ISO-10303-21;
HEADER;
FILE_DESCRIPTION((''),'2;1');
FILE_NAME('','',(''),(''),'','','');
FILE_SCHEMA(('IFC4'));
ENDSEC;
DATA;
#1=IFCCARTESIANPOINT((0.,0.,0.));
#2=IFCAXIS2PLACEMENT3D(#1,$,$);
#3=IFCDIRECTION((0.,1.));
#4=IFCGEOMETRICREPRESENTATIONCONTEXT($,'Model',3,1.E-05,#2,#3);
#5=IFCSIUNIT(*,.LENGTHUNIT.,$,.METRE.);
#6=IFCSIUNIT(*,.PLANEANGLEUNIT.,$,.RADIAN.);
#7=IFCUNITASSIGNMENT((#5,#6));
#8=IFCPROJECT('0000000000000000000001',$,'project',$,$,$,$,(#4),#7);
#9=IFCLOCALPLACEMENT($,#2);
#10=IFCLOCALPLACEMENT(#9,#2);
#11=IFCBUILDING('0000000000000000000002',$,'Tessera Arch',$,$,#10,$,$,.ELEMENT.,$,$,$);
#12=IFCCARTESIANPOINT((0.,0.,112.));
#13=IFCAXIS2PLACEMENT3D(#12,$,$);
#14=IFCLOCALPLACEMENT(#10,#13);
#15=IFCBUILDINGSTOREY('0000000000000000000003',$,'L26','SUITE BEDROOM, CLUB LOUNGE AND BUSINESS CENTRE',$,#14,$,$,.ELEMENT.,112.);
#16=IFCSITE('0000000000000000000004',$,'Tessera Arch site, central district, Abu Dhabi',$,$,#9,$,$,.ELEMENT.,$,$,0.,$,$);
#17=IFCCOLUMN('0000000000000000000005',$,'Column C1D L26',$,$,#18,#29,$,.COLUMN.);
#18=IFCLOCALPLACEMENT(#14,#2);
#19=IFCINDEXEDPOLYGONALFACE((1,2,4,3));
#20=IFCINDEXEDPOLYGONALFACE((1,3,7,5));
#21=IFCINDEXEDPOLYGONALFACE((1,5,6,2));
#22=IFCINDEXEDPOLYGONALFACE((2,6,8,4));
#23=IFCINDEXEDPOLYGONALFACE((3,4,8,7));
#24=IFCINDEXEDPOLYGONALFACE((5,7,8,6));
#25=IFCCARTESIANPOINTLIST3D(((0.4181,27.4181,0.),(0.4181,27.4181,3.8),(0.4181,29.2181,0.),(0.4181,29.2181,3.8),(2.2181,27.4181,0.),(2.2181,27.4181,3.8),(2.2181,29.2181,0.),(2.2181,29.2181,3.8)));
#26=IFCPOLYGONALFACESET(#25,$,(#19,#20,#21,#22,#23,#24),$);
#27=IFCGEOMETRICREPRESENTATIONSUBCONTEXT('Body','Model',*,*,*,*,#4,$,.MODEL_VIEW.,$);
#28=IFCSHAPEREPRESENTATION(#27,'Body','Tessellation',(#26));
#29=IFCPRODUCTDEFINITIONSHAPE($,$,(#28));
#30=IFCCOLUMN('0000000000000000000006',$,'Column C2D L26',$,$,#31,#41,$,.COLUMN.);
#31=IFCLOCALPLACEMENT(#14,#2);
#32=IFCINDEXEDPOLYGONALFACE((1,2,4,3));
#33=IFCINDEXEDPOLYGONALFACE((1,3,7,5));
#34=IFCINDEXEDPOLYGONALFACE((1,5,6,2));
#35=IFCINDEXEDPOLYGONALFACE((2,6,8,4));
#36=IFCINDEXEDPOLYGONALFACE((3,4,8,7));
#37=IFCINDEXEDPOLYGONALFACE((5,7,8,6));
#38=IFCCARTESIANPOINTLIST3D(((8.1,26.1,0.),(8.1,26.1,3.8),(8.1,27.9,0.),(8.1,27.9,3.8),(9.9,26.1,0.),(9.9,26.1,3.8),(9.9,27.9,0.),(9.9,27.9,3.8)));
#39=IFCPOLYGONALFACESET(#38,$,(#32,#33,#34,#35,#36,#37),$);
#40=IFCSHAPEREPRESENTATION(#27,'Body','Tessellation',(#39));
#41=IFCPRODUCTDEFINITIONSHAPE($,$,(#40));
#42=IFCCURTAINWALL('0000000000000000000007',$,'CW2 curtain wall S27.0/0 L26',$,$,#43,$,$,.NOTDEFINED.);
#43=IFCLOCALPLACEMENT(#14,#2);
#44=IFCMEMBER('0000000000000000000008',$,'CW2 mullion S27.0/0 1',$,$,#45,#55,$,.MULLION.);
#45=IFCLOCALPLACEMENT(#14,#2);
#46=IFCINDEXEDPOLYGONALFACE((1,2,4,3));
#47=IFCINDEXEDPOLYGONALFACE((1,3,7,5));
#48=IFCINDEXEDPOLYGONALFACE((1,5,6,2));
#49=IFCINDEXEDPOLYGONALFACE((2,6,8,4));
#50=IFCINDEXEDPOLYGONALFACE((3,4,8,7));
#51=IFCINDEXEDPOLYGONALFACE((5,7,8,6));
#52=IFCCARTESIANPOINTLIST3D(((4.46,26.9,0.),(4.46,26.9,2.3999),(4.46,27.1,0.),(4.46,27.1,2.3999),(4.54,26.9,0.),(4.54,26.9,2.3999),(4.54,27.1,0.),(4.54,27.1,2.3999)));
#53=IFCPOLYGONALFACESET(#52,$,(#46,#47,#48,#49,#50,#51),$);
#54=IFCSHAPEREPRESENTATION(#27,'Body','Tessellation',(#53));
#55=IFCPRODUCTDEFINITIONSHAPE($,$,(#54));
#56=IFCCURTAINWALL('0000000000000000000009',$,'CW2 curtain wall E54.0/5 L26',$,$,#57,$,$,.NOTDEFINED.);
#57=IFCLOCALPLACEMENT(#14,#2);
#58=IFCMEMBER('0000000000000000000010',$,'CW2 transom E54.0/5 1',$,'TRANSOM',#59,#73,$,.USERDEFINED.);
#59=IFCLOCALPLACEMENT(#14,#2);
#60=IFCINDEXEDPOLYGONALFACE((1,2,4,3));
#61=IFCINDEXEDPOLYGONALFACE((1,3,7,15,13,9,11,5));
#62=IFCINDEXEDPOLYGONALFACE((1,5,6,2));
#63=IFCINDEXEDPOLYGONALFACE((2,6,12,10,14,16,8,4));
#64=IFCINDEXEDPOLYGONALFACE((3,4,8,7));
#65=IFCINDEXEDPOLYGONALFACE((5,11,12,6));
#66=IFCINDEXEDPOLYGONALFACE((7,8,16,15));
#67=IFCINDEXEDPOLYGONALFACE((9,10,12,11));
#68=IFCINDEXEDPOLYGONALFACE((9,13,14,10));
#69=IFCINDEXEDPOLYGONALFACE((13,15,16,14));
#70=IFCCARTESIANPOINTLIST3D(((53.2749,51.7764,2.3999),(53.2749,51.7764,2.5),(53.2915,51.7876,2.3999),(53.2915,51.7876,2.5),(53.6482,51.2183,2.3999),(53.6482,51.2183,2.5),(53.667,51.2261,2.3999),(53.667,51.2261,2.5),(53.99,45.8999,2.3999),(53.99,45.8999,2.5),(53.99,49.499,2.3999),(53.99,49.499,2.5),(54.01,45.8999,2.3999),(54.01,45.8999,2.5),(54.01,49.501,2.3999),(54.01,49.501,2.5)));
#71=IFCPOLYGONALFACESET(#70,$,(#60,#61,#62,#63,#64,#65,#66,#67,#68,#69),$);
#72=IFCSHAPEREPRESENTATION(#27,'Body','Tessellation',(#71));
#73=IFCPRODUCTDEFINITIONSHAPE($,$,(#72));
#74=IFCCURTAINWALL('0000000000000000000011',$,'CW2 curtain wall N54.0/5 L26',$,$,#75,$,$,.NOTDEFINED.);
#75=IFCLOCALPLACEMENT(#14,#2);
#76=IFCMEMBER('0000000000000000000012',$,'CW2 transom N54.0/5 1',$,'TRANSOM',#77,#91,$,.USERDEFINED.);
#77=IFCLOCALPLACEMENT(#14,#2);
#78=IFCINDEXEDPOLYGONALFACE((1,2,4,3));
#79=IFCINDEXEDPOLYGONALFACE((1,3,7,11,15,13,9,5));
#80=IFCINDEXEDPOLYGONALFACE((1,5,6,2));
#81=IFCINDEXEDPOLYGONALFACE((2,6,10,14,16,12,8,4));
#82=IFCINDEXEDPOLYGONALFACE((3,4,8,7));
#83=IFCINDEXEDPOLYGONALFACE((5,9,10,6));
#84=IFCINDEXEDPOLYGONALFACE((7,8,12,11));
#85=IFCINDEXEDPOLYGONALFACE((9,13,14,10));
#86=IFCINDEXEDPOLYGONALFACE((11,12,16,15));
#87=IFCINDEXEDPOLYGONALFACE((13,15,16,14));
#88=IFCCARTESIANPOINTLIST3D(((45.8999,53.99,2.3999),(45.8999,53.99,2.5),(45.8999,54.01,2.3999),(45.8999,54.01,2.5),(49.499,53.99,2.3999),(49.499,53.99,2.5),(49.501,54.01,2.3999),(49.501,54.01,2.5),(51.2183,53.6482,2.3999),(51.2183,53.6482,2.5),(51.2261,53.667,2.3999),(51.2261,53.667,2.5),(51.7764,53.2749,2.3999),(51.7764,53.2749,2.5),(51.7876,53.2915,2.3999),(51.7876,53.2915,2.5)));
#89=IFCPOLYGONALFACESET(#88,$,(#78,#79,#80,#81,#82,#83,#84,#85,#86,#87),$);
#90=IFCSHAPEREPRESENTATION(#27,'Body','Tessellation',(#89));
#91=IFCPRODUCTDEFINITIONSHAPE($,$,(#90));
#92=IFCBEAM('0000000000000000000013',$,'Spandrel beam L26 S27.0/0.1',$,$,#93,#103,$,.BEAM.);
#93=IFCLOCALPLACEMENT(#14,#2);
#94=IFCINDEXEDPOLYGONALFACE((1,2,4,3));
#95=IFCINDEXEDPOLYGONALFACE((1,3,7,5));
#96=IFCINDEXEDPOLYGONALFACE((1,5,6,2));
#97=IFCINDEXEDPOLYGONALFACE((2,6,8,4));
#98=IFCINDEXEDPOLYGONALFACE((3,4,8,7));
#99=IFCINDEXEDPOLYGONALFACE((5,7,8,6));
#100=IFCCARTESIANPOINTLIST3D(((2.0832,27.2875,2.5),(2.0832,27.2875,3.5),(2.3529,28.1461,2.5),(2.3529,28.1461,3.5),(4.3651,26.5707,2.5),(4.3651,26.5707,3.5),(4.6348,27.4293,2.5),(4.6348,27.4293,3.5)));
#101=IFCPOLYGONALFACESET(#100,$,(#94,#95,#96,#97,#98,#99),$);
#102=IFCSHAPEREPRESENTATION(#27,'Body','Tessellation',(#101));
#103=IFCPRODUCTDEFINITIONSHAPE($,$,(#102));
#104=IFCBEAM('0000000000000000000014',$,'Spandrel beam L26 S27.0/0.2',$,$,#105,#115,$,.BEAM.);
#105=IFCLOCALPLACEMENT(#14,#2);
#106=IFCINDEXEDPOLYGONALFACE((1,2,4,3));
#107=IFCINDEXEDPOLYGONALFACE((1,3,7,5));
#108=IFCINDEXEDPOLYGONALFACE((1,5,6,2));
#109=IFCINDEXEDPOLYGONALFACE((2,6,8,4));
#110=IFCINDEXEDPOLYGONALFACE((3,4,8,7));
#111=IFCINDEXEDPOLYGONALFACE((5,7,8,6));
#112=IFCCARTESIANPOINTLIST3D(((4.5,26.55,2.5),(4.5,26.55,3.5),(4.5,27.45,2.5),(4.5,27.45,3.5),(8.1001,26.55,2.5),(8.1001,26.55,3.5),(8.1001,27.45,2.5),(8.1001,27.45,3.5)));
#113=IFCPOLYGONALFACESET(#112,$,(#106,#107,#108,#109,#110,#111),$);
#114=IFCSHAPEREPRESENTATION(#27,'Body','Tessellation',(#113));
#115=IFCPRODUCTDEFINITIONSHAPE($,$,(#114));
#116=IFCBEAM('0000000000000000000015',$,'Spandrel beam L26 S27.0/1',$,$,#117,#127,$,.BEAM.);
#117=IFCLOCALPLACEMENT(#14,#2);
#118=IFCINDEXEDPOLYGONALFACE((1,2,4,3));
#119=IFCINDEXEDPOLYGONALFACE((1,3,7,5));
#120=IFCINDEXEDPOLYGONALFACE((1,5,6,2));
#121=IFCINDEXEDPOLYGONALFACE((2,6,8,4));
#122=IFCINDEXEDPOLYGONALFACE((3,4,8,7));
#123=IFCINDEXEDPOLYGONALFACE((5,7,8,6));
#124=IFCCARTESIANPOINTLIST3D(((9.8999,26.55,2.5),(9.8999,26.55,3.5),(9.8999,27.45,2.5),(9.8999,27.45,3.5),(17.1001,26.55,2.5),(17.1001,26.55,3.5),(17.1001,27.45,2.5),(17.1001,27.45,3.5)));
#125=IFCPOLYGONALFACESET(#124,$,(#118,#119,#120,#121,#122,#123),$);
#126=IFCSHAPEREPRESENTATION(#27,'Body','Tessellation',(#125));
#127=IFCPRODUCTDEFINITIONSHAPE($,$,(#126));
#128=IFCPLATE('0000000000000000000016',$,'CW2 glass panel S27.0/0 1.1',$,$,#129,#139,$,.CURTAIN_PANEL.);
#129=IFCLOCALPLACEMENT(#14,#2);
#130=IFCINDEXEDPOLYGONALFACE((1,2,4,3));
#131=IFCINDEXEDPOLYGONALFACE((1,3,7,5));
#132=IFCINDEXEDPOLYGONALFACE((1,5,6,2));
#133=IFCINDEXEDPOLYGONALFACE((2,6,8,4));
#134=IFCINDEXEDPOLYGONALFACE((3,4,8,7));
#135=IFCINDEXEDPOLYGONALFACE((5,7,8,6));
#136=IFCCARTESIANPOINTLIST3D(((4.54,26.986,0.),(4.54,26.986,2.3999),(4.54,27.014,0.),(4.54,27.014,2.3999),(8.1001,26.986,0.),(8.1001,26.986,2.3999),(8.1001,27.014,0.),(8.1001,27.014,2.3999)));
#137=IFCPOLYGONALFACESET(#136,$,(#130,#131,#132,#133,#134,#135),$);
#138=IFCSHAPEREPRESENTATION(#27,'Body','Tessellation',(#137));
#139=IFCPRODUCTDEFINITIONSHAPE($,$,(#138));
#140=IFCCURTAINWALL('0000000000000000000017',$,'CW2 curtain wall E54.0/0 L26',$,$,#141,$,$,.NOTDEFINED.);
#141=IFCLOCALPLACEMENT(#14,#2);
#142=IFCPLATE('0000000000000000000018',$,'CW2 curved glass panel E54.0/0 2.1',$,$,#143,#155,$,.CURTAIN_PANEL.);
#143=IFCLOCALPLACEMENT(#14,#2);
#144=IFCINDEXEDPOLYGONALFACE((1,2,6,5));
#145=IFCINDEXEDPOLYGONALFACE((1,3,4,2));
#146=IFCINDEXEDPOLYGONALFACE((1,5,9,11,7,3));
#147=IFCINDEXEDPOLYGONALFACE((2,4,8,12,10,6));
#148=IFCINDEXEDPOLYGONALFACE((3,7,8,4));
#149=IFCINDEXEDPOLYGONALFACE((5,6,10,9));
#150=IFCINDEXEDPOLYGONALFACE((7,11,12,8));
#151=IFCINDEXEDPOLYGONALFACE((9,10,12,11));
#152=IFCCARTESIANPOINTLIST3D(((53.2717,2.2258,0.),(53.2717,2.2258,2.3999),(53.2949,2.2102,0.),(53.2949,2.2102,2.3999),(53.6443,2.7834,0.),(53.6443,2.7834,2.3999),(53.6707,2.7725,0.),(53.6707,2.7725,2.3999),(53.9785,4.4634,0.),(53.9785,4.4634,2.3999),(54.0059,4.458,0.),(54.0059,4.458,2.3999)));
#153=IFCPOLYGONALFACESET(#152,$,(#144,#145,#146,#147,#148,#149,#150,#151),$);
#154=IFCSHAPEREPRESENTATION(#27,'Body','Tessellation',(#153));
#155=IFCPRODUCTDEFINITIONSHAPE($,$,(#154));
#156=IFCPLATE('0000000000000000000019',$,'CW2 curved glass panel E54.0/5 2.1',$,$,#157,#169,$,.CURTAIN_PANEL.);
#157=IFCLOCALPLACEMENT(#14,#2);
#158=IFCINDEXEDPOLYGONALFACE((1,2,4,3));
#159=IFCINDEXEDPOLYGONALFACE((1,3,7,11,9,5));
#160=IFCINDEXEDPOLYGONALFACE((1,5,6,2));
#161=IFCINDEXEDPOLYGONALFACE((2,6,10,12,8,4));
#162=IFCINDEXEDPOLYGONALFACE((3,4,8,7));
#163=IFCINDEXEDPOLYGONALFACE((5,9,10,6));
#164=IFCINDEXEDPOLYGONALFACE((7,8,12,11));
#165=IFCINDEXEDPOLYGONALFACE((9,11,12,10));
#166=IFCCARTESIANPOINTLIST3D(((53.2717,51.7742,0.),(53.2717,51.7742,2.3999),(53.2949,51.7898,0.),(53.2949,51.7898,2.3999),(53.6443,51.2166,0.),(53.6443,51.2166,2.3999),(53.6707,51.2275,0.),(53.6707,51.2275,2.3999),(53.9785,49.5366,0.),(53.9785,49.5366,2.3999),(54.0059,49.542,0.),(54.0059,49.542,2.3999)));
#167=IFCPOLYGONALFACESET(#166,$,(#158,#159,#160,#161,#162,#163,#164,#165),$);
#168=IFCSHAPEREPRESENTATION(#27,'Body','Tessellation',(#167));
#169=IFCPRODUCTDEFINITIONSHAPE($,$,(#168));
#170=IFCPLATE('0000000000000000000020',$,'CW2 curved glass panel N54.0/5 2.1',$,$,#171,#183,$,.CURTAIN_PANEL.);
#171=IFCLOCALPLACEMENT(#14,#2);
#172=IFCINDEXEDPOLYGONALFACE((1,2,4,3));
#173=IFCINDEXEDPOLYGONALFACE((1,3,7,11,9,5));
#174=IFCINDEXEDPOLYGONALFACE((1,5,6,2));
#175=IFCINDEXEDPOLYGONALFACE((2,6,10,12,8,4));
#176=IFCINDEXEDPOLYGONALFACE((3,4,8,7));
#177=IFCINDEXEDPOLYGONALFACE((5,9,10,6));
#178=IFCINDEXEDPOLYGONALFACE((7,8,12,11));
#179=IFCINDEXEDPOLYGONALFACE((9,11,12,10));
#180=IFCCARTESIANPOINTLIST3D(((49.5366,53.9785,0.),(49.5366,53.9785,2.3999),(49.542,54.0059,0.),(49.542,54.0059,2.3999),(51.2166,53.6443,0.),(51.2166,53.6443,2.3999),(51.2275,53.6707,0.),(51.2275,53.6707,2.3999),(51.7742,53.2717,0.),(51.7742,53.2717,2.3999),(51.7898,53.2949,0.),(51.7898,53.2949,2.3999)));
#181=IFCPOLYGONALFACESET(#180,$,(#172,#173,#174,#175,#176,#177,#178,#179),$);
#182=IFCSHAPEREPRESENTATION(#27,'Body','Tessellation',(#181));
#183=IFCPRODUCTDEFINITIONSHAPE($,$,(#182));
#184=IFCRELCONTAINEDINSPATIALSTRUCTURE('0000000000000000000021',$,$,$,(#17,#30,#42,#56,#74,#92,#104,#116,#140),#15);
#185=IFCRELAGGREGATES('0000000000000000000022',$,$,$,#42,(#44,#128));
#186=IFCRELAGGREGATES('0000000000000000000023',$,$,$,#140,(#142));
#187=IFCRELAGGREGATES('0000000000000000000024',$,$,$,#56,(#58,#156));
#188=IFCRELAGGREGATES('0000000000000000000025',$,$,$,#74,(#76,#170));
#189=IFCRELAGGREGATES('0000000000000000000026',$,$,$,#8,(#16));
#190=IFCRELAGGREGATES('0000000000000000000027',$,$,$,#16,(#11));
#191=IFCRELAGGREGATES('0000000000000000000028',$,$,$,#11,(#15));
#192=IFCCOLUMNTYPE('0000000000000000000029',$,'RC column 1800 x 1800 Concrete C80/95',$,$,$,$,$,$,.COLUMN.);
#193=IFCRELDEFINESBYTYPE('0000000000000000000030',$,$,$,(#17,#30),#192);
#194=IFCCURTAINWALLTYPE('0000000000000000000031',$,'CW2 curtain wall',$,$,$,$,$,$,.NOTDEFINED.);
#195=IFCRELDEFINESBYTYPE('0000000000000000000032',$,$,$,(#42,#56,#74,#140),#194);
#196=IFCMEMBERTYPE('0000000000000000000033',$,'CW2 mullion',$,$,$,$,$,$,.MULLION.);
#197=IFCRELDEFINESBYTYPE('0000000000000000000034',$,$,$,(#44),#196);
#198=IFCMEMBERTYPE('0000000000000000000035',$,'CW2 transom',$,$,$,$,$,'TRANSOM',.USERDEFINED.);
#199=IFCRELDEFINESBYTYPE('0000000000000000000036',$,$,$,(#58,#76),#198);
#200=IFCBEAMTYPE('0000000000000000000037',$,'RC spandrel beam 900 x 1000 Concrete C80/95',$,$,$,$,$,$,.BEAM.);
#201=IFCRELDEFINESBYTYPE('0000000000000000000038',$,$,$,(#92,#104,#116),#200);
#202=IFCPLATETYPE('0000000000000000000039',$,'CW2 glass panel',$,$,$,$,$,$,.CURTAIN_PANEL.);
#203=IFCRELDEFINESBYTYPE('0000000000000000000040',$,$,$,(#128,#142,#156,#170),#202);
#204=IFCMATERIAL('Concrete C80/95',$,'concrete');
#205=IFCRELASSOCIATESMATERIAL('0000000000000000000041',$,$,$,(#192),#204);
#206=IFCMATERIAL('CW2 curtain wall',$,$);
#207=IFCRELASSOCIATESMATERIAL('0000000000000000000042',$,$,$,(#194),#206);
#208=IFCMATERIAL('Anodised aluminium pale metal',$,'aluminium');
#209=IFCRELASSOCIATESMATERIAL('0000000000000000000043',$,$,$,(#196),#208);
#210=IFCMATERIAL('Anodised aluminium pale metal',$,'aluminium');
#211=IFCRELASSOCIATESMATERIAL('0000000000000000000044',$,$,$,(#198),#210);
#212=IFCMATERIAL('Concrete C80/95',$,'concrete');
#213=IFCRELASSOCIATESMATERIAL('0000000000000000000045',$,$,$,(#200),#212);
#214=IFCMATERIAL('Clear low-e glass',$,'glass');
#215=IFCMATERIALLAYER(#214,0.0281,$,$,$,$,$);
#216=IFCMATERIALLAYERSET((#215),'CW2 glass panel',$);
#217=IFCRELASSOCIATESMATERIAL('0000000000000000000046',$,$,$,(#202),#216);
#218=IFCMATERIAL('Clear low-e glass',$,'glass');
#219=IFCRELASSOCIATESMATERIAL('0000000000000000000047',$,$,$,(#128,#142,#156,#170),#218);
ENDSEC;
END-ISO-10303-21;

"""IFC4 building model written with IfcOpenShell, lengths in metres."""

from ifc_helpers import new_model, si_unit, direction, frame, origin, origin_2d, place, context, subcontext, project, spatial, polyline, rectangle, outline, extrude, material, layer, layer_set, material_profile, profile_set, type_object, element, aggregate, save


model = new_model("IFC4")

# Units and contexts
model_context = context("Model", 3, precision=1e-05, world=origin(), true_north=direction((0.0, 1.0)))
body_context = subcontext(model_context, "Body", "Model", "MODEL_VIEW")
ifc_project = project(units=[si_unit("LENGTHUNIT", "METRE"), si_unit("PLANEANGLEUNIT", "RADIAN")], contexts=[model_context])

# Site, building, storey
site_placement = place(None, origin())
site = spatial("IfcSite", under=ifc_project, at=site_placement, Name="Tessera Arch site, central district, Abu Dhabi", CompositionType="ELEMENT", RefElevation=0.0)
building_placement = place(site_placement, origin())
building = spatial("IfcBuilding", under=site, at=building_placement, Name="Tessera Arch", CompositionType="ELEMENT")
storey_placement = place(building_placement, frame((0.0, 0.0, 112.0)))
storey = spatial("IfcBuildingStorey", under=building, at=storey_placement, Name="L26", Description="SUITE BEDROOM, CLUB LOUNGE AND BUSINESS CENTRE", CompositionType="ELEMENT", Elevation=112.0)

# Columns
ifc_material_1 = material(Name="Concrete C80/95", Category="concrete")
ifc_material_profile_1 = material_profile(ifc_material_1, rectangle(XDim=1.8, YDim=1.8, at=origin_2d()), Name="RC column 1800 x 1800 Concrete C80/95")
ifc_profile_set_1 = profile_set([ifc_material_profile_1], Name="Concrete C80/95")
column_type = type_object("IfcColumnType", Name="RC column 1800 x 1800 Concrete C80/95", PredefinedType="COLUMN", material=ifc_profile_set_1)
for number, where, z_axis, x_axis, name in (
    (1, (1.3181, 28.3181, 0.0), (0.0, 0.0, 1.0), (1.0, 0.0, 0.0), "Column C1D L26"),
    (2, (9.0, 27.0, 0.0), (0.0, 0.0, 1.0), (1.0, 0.0, 0.0), "Column C2D L26"),
):
    element("IfcColumn", number, at=place(storey_placement, frame(where, z_axis=z_axis, x_axis=x_axis)), inside=storey, type_object=column_type, Name=name, PredefinedType="COLUMN", context=body_context, shape_type="SweptSolid", body=[
        extrude(rectangle(XDim=1.8, YDim=1.8, at=origin_2d()), origin(), (0.0, 0.0, 1.0), 3.8),
    ])

# Curtain walls, members
ifc_material_2 = material(Name="CW2 curtain wall")
curtain_wall_type = type_object("IfcCurtainWallType", Name="CW2 curtain wall", PredefinedType="NOTDEFINED", material=ifc_material_2)
curtain_wall_1_placement = place(storey_placement, origin())
curtain_wall_1 = element("IfcCurtainWall", 3, at=curtain_wall_1_placement, inside=storey, type_object=curtain_wall_type, Name="CW2 curtain wall S27.0/0 L26", PredefinedType="NOTDEFINED")
ifc_material_3 = material(Name="Anodised aluminium pale metal", Category="aluminium")
ifc_material_profile_2 = material_profile(ifc_material_3, rectangle(XDim=0.2, YDim=0.0801, at=origin_2d()), Name="AL 80x200")
ifc_profile_set_2 = profile_set([ifc_material_profile_2], Name="Anodised aluminium pale metal")
member_type_1 = type_object("IfcMemberType", Name="CW2 mullion", PredefinedType="MULLION", material=ifc_profile_set_2)
member_1_placement = place(storey_placement, frame((4.5, 27.0, 0.0), z_axis=(0.0, 0.0, 1.0), x_axis=(0.0, 1.0, 0.0)))
member_1 = element("IfcMember", 4, at=member_1_placement, type_object=member_type_1, Name="CW2 mullion S27.0/0 1", PredefinedType="MULLION", context=body_context, shape_type="SweptSolid", body=[
    extrude(rectangle(XDim=0.2, YDim=0.0801, at=origin_2d()), origin(), (0.0, 0.0, 1.0), 2.3999),
])
curtain_wall_2_placement = place(storey_placement, origin())
curtain_wall_2 = element("IfcCurtainWall", 5, at=curtain_wall_2_placement, inside=storey, type_object=curtain_wall_type, Name="CW2 curtain wall E54.0/5 L26", PredefinedType="NOTDEFINED")
ifc_material_4 = material(Name="Anodised aluminium pale metal", Category="aluminium")
ifc_material_profile_3 = material_profile(ifc_material_4, rectangle(XDim=0.2, YDim=0.1001, at=origin_2d()), Name="AL 200x100")
ifc_profile_set_3 = profile_set([ifc_material_profile_3], Name="Anodised aluminium pale metal")
member_type_2 = type_object("IfcMemberType", Name="CW2 transom", ElementType="TRANSOM", PredefinedType="USERDEFINED", material=ifc_profile_set_3)
member_2_placement = place(storey_placement, frame((0.0, 0.0, 2.3999)))
member_2 = element("IfcMember", 6, at=member_2_placement, type_object=member_type_2, Name="CW2 transom E54.0/5 1", ObjectType="TRANSOM", PredefinedType="USERDEFINED", context=body_context, shape_type="SweptSolid", body=[
    extrude(outline(polyline([(53.99, 49.499), (53.99, 45.8999), (54.01, 45.8999), (54.01, 49.501), (53.667, 51.2261), (53.2915, 51.7876), (53.2749, 51.7764), (53.6482, 51.2183), (53.99, 49.499)])), origin(), (0.0, 0.0, 1.0), 0.1001),
])
curtain_wall_3_placement = place(storey_placement, origin())
curtain_wall_3 = element("IfcCurtainWall", 7, at=curtain_wall_3_placement, inside=storey, type_object=curtain_wall_type, Name="CW2 curtain wall N54.0/5 L26", PredefinedType="NOTDEFINED")
member_3_placement = place(storey_placement, frame((0.0, 0.0, 2.3999)))
member_3 = element("IfcMember", 8, at=member_3_placement, type_object=member_type_2, Name="CW2 transom N54.0/5 1", ObjectType="TRANSOM", PredefinedType="USERDEFINED", context=body_context, shape_type="SweptSolid", body=[
    extrude(outline(polyline([(51.2183, 53.6482), (51.7764, 53.2749), (51.7876, 53.2915), (51.2261, 53.667), (49.501, 54.01), (45.8999, 54.01), (45.8999, 53.99), (49.499, 53.99), (51.2183, 53.6482)])), origin(), (0.0, 0.0, 1.0), 0.1001),
])

# Beams
ifc_material_5 = material(Name="Concrete C80/95", Category="concrete")
ifc_material_profile_4 = material_profile(ifc_material_5, rectangle(XDim=0.8999, YDim=1.0, at=origin_2d()), Name="RC spandrel beam 900 x 1000 Concrete C80/95")
ifc_profile_set_4 = profile_set([ifc_material_profile_4], Name="Concrete C80/95")
beam_type = type_object("IfcBeamType", Name="RC spandrel beam 900 x 1000 Concrete C80/95", PredefinedType="BEAM", material=ifc_profile_set_4)
beam_1_placement = place(storey_placement, frame((2.218, 27.7168, 3.0), z_axis=(0.954041, -0.299675, 0.0), x_axis=(0.299675, 0.954041, 0.0)))
element("IfcBeam", 9, at=beam_1_placement, inside=storey, type_object=beam_type, Name="Spandrel beam L26 S27.0/0.1", PredefinedType="BEAM", context=body_context, shape_type="SweptSolid", body=[
    extrude(rectangle(XDim=0.8999, YDim=1.0, at=origin_2d()), origin(), (0.0, 0.0, 1.0), 2.3918),
])
beam_2_placement = place(storey_placement, frame((4.5, 27.0, 3.0), z_axis=(1.0, 0.0, 0.0), x_axis=(0.0, 1.0, 0.0)))
element("IfcBeam", 10, at=beam_2_placement, inside=storey, type_object=beam_type, Name="Spandrel beam L26 S27.0/0.2", PredefinedType="BEAM", context=body_context, shape_type="SweptSolid", body=[
    extrude(rectangle(XDim=0.8999, YDim=1.0, at=origin_2d()), origin(), (0.0, 0.0, 1.0), 3.6001),
])
beam_3_placement = place(storey_placement, frame((9.8999, 27.0, 3.0), z_axis=(1.0, 0.0, 0.0), x_axis=(0.0, 1.0, 0.0)))
element("IfcBeam", 11, at=beam_3_placement, inside=storey, type_object=beam_type, Name="Spandrel beam L26 S27.0/1", PredefinedType="BEAM", context=body_context, shape_type="SweptSolid", body=[
    extrude(rectangle(XDim=0.8999, YDim=1.0, at=origin_2d()), origin(), (0.0, 0.0, 1.0), 7.2002),
])

# Plate
ifc_material_6 = material(Name="Clear low-e glass", Category="glass")
ifc_material_7 = material(Name="Clear low-e glass", Category="glass")
ifc_layer_1 = layer(ifc_material_7, 0.0281)
ifc_layer_set_1 = layer_set([ifc_layer_1], Name="CW2 glass panel")
plate_type_1 = type_object("IfcPlateType", Name="CW2 glass panel", PredefinedType="CURTAIN_PANEL", material=ifc_layer_set_1)
plate_1_placement = place(storey_placement, frame((6.3201, 27.0, 0.0), z_axis=(0.0, 0.0, 1.0), x_axis=(1.0, 0.0, 0.0)))
plate_1 = element("IfcPlate", 12, at=plate_1_placement, type_object=plate_type_1, material=ifc_material_6, Name="CW2 glass panel S27.0/0 1.1", PredefinedType="CURTAIN_PANEL", context=body_context, shape_type="SweptSolid", body=[
    extrude(rectangle(XDim=3.5601, YDim=0.0281, at=origin_2d()), origin(), (0.0, 0.0, 1.0), 2.3999),
])
aggregate(curtain_wall_1, [member_1, plate_1])

# Curtain wall, plate
curtain_wall_4_placement = place(storey_placement, origin())
curtain_wall_4 = element("IfcCurtainWall", 13, at=curtain_wall_4_placement, inside=storey, type_object=curtain_wall_type, Name="CW2 curtain wall E54.0/0 L26", PredefinedType="NOTDEFINED")
plate_2_placement = place(storey_placement, origin())
plate_2 = element("IfcPlate", 14, at=plate_2_placement, type_object=plate_type_1, material=ifc_material_6, Name="CW2 curved glass panel E54.0/0 2.1", PredefinedType="CURTAIN_PANEL", context=body_context, shape_type="SweptSolid", body=[
    extrude(outline(polyline([(53.6443, 2.7834), (53.2717, 2.2258), (53.2949, 2.2102), (53.6707, 2.7725), (54.0059, 4.458), (53.9785, 4.4634), (53.6443, 2.7834)])), origin(), (0.0, 0.0, 1.0), 2.3999),
])

# Plates
plate_3_placement = place(storey_placement, origin())
plate_3 = element("IfcPlate", 15, at=plate_3_placement, type_object=plate_type_1, material=ifc_material_6, Name="CW2 curved glass panel E54.0/5 2.1", PredefinedType="CURTAIN_PANEL", context=body_context, shape_type="SweptSolid", body=[
    extrude(outline(polyline([(53.6443, 51.2166), (53.9785, 49.5366), (54.0059, 49.542), (53.6707, 51.2275), (53.2949, 51.7898), (53.2717, 51.7742), (53.6443, 51.2166)])), origin(), (0.0, 0.0, 1.0), 2.3999),
])
plate_4_placement = place(storey_placement, origin())
plate_4 = element("IfcPlate", 16, at=plate_4_placement, type_object=plate_type_1, material=ifc_material_6, Name="CW2 curved glass panel N54.0/5 2.1", PredefinedType="CURTAIN_PANEL", context=body_context, shape_type="SweptSolid", body=[
    extrude(outline(polyline([(51.2166, 53.6443), (51.7742, 53.2717), (51.7898, 53.2949), (51.2275, 53.6707), (49.542, 54.0059), (49.5366, 53.9785), (51.2166, 53.6443)])), origin(), (0.0, 0.0, 1.0), 2.3999),
])
aggregate(curtain_wall_4, [plate_2])
aggregate(curtain_wall_2, [member_2, plate_3])
aggregate(curtain_wall_3, [member_3, plate_4])

save(model, "model.ifc")
